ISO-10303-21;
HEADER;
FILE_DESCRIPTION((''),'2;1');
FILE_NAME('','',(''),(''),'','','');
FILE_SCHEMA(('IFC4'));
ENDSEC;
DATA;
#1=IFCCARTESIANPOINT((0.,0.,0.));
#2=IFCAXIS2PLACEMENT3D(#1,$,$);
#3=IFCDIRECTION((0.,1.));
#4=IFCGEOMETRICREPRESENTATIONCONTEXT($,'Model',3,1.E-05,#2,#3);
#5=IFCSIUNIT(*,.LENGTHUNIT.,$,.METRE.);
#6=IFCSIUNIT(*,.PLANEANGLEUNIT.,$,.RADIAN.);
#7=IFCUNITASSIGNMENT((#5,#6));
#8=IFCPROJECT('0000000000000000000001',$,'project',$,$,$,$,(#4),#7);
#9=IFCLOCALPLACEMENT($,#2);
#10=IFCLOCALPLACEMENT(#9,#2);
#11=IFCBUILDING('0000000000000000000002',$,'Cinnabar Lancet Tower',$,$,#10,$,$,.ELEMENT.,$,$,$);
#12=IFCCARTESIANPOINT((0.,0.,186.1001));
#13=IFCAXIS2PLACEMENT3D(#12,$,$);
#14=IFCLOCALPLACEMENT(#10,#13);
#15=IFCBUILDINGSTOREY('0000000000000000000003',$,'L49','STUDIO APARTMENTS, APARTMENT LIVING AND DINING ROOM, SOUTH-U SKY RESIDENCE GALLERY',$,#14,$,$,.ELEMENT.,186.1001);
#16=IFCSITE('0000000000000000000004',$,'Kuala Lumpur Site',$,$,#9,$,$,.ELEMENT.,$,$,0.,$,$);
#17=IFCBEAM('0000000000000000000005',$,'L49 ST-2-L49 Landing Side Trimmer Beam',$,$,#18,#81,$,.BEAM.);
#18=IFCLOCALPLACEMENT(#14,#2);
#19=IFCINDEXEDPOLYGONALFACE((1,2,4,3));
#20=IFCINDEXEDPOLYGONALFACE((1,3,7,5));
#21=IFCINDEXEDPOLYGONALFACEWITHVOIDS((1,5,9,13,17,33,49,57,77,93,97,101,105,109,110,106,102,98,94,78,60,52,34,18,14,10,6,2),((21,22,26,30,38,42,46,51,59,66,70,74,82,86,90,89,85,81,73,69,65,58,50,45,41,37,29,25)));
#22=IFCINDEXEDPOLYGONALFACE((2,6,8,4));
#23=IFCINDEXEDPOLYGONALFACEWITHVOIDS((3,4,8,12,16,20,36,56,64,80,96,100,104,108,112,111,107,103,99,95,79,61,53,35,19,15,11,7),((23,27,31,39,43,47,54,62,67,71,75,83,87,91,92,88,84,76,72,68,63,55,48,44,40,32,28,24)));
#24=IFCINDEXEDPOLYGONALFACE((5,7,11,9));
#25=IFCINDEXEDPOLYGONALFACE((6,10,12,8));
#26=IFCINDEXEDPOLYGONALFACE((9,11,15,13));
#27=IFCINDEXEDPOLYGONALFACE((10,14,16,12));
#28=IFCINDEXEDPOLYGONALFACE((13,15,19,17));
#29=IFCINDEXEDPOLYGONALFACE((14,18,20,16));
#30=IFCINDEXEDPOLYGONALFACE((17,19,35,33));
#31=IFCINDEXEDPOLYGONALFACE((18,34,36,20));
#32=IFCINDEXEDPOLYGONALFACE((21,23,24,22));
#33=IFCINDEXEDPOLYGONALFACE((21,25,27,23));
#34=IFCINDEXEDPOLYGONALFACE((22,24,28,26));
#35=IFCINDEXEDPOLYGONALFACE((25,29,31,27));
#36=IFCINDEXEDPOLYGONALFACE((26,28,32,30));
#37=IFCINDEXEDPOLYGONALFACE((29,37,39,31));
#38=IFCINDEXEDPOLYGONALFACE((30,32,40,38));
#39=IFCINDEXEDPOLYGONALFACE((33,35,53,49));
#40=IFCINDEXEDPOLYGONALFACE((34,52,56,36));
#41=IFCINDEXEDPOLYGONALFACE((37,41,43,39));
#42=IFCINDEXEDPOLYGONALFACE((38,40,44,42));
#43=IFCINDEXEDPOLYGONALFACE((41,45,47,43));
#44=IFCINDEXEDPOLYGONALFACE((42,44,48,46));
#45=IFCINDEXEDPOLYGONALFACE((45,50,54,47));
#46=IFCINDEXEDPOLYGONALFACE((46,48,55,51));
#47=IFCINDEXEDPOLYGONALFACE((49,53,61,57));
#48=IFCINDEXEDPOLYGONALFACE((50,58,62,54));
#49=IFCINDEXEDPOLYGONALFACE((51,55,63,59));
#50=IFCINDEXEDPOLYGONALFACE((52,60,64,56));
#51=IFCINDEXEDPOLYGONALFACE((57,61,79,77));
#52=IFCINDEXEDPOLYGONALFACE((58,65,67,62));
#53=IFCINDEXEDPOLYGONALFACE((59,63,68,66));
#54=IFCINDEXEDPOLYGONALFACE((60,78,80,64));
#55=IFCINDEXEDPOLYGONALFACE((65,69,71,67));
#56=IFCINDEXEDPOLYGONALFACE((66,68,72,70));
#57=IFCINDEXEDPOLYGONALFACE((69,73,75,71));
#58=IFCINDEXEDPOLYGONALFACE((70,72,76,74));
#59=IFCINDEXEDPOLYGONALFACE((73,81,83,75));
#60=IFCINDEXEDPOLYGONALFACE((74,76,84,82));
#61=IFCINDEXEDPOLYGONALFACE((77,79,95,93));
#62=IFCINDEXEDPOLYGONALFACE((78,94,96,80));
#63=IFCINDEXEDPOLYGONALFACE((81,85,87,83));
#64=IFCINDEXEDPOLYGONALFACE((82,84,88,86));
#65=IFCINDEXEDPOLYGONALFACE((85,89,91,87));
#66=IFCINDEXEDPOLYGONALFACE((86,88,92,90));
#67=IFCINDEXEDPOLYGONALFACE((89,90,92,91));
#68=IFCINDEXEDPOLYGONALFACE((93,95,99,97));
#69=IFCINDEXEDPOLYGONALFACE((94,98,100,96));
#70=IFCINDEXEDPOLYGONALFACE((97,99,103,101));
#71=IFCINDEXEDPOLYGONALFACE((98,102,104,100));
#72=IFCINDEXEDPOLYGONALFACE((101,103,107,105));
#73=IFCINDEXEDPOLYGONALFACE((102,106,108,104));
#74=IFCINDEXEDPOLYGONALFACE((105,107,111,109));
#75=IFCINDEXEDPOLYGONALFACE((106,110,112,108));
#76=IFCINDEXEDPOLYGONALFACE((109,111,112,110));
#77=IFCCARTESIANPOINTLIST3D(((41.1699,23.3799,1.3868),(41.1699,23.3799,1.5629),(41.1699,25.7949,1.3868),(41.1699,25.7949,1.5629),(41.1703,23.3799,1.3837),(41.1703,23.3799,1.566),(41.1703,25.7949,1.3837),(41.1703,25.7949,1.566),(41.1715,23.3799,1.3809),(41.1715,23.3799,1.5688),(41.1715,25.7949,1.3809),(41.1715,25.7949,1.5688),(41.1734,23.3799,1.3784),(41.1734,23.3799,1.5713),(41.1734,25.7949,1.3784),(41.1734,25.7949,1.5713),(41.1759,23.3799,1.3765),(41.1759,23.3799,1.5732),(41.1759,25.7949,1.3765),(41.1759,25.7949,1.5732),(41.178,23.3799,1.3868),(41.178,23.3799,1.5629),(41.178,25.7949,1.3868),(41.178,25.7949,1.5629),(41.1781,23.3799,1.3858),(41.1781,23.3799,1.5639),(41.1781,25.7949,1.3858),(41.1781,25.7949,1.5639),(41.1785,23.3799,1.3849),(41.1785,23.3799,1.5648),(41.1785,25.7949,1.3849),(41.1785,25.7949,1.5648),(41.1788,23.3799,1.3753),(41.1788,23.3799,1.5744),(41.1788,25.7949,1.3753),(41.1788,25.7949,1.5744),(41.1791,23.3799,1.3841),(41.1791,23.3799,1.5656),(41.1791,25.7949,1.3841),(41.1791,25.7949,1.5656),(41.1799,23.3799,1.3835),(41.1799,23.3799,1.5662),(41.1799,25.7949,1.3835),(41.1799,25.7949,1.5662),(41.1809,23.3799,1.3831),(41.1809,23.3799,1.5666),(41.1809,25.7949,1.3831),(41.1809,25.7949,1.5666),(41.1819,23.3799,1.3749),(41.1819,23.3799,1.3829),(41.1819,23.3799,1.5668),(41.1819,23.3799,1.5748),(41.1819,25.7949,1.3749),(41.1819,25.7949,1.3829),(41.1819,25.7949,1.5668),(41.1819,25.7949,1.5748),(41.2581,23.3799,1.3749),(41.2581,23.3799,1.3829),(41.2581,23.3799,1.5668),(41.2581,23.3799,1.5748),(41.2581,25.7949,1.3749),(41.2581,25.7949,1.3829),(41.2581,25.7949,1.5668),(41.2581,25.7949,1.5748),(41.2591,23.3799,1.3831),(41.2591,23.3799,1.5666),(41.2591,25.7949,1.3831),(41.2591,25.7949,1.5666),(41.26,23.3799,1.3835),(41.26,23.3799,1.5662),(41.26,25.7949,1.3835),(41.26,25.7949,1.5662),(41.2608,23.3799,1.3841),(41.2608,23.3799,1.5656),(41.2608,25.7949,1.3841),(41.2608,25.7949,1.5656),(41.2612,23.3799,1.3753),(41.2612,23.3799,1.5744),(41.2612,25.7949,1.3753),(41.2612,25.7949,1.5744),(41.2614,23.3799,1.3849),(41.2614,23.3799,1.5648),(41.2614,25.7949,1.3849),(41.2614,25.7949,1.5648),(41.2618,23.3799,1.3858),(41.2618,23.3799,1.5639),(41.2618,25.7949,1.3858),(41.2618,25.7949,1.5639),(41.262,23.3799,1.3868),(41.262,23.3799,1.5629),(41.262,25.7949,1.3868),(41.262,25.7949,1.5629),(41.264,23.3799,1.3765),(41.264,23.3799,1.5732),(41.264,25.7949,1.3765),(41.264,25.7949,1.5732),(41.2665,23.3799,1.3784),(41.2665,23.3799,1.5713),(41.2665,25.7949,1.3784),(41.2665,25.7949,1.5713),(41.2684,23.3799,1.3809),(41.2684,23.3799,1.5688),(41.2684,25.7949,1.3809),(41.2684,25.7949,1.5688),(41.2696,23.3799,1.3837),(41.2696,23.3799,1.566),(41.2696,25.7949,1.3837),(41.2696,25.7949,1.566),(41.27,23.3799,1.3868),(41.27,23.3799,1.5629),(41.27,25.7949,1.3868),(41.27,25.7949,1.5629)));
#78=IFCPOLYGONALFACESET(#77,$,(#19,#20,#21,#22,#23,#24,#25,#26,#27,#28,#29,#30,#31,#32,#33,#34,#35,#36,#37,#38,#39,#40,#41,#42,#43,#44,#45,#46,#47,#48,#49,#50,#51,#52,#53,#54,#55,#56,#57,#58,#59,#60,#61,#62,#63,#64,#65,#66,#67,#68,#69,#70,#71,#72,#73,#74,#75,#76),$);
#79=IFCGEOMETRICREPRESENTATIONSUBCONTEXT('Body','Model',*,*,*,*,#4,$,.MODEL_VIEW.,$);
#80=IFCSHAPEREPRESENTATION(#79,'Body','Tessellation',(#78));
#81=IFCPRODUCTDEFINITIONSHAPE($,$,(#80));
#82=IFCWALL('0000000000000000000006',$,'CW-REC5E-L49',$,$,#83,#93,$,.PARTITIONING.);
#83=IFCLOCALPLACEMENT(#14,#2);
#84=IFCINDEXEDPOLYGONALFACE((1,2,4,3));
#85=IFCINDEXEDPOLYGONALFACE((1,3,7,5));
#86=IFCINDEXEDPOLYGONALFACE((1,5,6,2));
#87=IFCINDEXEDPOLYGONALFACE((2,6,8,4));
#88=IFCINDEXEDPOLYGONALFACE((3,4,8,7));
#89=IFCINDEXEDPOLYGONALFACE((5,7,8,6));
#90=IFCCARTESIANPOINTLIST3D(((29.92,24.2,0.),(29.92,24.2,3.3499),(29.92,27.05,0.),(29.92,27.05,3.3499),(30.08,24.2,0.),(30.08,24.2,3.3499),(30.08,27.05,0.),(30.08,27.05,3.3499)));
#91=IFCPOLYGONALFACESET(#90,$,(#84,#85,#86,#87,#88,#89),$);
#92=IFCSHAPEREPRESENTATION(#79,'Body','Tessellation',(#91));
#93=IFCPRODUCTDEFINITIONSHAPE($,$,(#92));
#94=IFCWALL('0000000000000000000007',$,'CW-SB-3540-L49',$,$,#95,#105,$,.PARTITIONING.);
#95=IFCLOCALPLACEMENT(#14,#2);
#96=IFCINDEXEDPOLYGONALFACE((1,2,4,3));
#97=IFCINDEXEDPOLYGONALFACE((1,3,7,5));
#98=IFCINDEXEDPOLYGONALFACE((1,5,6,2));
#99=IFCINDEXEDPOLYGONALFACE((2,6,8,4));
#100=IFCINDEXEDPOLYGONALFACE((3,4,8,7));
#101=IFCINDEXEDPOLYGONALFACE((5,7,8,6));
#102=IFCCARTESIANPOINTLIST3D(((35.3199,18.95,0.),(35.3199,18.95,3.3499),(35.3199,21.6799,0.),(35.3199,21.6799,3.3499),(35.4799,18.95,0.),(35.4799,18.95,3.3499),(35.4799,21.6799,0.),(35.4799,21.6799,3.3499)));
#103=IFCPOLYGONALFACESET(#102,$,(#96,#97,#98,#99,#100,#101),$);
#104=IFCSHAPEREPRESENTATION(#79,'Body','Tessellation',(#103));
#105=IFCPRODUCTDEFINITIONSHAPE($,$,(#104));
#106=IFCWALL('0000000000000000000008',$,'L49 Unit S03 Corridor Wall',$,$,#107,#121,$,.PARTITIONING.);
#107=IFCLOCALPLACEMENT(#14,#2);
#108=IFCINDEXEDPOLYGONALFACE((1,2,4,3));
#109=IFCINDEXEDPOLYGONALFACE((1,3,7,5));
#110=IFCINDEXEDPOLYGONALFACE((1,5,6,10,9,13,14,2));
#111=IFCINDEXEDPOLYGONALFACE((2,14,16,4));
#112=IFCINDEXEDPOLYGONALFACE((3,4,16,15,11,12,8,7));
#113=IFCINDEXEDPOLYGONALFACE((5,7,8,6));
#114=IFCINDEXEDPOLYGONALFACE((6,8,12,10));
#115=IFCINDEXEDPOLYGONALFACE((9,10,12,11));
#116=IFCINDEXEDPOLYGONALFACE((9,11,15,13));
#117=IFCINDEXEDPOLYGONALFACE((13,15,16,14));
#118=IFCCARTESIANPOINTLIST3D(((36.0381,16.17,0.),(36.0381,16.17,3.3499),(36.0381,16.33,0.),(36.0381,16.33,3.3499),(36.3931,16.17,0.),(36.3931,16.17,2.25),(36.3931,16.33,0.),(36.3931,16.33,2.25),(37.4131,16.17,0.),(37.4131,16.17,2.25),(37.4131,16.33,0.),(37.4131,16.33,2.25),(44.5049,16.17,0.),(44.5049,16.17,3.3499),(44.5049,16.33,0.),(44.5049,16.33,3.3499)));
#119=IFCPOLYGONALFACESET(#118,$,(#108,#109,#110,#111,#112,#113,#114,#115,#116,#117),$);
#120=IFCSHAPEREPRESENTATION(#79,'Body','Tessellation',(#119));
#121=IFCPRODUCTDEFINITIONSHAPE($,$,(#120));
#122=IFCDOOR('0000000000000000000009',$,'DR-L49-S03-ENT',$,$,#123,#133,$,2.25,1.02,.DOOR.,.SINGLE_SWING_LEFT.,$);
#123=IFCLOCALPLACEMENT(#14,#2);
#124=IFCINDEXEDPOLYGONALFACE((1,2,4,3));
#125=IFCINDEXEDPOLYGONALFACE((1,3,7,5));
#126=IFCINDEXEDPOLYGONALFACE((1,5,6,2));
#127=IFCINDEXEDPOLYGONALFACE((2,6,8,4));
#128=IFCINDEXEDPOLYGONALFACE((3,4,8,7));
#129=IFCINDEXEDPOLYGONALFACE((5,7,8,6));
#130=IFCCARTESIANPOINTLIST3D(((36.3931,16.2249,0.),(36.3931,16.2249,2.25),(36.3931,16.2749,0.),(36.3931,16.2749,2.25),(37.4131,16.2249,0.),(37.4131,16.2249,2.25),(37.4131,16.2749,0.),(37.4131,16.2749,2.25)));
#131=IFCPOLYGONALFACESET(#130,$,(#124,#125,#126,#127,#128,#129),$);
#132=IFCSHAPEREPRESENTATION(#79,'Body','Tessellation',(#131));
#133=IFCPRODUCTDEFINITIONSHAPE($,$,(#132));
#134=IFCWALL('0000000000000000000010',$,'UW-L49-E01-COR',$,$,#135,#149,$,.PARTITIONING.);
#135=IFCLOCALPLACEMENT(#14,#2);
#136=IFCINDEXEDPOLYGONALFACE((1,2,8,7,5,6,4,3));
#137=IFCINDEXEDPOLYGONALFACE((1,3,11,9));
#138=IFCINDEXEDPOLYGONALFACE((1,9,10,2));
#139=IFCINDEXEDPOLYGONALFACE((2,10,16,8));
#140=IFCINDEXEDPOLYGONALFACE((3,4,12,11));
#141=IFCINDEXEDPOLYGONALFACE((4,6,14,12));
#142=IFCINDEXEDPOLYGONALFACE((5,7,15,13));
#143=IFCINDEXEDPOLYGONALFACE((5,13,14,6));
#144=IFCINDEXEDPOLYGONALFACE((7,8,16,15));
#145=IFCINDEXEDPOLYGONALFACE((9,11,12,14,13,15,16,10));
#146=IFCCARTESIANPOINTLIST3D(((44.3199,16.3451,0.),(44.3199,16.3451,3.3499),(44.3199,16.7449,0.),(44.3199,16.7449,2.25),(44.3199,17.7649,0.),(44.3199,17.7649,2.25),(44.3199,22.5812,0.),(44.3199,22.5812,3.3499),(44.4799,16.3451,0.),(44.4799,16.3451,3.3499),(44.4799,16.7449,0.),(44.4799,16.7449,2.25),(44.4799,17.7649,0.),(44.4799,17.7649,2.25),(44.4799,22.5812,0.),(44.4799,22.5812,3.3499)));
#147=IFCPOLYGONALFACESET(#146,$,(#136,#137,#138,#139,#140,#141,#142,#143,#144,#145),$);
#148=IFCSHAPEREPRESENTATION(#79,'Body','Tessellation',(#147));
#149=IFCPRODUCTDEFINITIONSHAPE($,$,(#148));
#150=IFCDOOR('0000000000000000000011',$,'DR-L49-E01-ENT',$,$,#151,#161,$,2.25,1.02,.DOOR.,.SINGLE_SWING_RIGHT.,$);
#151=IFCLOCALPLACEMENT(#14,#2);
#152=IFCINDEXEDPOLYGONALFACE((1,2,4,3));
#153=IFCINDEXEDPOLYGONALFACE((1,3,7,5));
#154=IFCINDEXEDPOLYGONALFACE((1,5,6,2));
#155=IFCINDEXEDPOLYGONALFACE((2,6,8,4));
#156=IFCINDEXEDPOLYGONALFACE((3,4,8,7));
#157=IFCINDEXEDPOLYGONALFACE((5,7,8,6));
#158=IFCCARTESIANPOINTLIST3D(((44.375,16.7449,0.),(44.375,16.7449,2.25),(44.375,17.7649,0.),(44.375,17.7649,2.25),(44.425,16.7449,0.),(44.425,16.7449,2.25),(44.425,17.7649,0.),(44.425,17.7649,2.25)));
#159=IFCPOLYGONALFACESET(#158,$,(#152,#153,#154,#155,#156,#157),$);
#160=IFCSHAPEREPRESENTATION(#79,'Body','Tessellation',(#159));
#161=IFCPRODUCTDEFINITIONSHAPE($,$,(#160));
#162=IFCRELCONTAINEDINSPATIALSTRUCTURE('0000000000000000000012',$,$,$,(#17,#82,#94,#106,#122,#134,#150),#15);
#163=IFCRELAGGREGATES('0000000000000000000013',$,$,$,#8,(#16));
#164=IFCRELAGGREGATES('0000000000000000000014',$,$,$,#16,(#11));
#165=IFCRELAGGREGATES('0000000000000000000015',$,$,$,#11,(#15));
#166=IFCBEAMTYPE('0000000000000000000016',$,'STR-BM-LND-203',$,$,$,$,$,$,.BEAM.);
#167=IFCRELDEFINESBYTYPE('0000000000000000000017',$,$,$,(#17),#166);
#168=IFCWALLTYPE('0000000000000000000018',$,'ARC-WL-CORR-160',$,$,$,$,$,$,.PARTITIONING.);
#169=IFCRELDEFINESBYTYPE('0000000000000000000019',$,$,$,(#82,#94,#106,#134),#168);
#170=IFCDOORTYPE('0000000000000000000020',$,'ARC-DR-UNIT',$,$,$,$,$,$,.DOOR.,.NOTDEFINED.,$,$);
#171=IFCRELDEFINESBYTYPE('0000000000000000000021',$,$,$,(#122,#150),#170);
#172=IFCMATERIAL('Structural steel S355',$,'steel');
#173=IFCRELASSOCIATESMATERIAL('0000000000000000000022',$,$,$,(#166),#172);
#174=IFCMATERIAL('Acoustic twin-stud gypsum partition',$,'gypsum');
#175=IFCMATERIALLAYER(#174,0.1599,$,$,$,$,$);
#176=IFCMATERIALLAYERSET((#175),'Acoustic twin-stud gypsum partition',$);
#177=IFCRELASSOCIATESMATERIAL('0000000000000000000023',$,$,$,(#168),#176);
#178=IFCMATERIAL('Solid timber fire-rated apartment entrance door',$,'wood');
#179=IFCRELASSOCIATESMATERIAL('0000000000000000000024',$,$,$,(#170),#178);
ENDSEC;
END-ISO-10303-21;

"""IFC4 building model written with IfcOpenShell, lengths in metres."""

from ifc_helpers import new_model, si_unit, direction, frame, frame_2d, origin, origin_2d, place, context, subcontext, project, spatial, rectangle, hollow_rectangle, extrude, material, layer, layer_set, material_profile, profile_set, type_object, element, fill, save


model = new_model("IFC4")

# Units and contexts
model_context = context("Model", 3, precision=1e-05, world=origin(), true_north=direction((0.0, 1.0)))
body_context = subcontext(model_context, "Body", "Model", "MODEL_VIEW")
ifc_project = project(units=[si_unit("LENGTHUNIT", "METRE"), si_unit("PLANEANGLEUNIT", "RADIAN")], contexts=[model_context])

# Site, building, storey
site_placement = place(None, origin())
site = spatial("IfcSite", under=ifc_project, at=site_placement, Name="Kuala Lumpur Site", CompositionType="ELEMENT", RefElevation=0.0)
building_placement = place(site_placement, origin())
building = spatial("IfcBuilding", under=site, at=building_placement, Name="Cinnabar Lancet Tower", CompositionType="ELEMENT")
storey_placement = place(building_placement, frame((0.0, 0.0, 186.1001)))
storey = spatial("IfcBuildingStorey", under=building, at=storey_placement, Name="L49", Description="STUDIO APARTMENTS, APARTMENT LIVING AND DINING ROOM, SOUTH-U SKY RESIDENCE GALLERY", CompositionType="ELEMENT", Elevation=186.1001)

# Beam
ifc_material_1 = material(Name="Structural steel S355", Category="steel")
ifc_material_profile_1 = material_profile(ifc_material_1, hollow_rectangle(XDim=0.1001, YDim=0.2, WallThickness=0.0081, InnerFilletRadius=0.0039, OuterFilletRadius=0.012, at=origin_2d()), Name="RHS 200x100x8")
ifc_profile_set_1 = profile_set([ifc_material_profile_1], Name="Structural steel S355")
beam_type_1 = type_object("IfcBeamType", Name="STR-BM-LND-203", PredefinedType="BEAM", material=ifc_profile_set_1)
beam_1_placement = place(storey_placement, frame((41.22, 23.3799, 1.4749), z_axis=(0.0, 1.0, 0.0), x_axis=(-1.0, 0.0, 0.0)))
element("IfcBeam", 1, at=beam_1_placement, inside=storey, type_object=beam_type_1, Name="L49 ST-2-L49 Landing Side Trimmer Beam", PredefinedType="BEAM", context=body_context, shape_type="SweptSolid", body=[
    extrude(hollow_rectangle(XDim=0.1001, YDim=0.2, WallThickness=0.0081, InnerFilletRadius=0.0039, OuterFilletRadius=0.012, at=origin_2d()), origin(), (0.0, 0.0, 1.0), 2.415),
])

# Walls
ifc_material_2 = material(Name="Acoustic twin-stud gypsum partition", Category="gypsum")
ifc_layer_1 = layer(ifc_material_2, 0.1599)
ifc_layer_set_1 = layer_set([ifc_layer_1], Name="Acoustic twin-stud gypsum partition")
wall_type_1 = type_object("IfcWallType", Name="ARC-WL-CORR-160", PredefinedType="PARTITIONING", material=ifc_layer_set_1)
wall_1_placement = place(storey_placement, frame((30.0, 24.2, 0.0), z_axis=(0.0, 0.0, 1.0), x_axis=(0.0, 1.0, 0.0)))
element("IfcWall", 2, at=wall_1_placement, inside=storey, type_object=wall_type_1, Name="CW-REC5E-L49", PredefinedType="PARTITIONING", context=body_context, shape_type="SweptSolid", body=[
    extrude(rectangle(XDim=2.8501, YDim=0.1599, at=frame_2d((1.425, 0.0))), origin(), (0.0, 0.0, 1.0), 3.3499),
])
wall_2_placement = place(storey_placement, frame((35.3999, 18.95, 0.0), z_axis=(0.0, 0.0, 1.0), x_axis=(0.0, 1.0, 0.0)))
element("IfcWall", 3, at=wall_2_placement, inside=storey, type_object=wall_type_1, Name="CW-SB-3540-L49", PredefinedType="PARTITIONING", context=body_context, shape_type="SweptSolid", body=[
    extrude(rectangle(XDim=2.73, YDim=0.1599, at=frame_2d((1.365, 0.0))), origin(), (0.0, 0.0, 1.0), 3.3499),
])

# Walls, openings, doors
wall_3_placement = place(storey_placement, frame((36.0381, 16.25, 0.0), z_axis=(0.0, 0.0, 1.0), x_axis=(1.0, 0.0, 0.0)))
wall_3 = element("IfcWall", 4, at=wall_3_placement, inside=storey, type_object=wall_type_1, Name="L49 Unit S03 Corridor Wall", PredefinedType="PARTITIONING", context=body_context, shape_type="SweptSolid", body=[
    extrude(rectangle(XDim=8.4668, YDim=0.1599, at=frame_2d((4.2334, 0.0))), origin(), (0.0, 0.0, 1.0), 3.3499),
])
opening_1_placement = place(wall_3_placement, frame((0.355, 0.0, 0.0)))
opening_1 = element("IfcOpeningElement", 5, at=opening_1_placement, cuts=wall_3, PredefinedType="OPENING", context=body_context, shape_type="SweptSolid", body=[
    extrude(rectangle(XDim=1.02, YDim=2.25, at=frame_2d((0.51, 1.125))), frame((0.0, 0.0898, 0.0), z_axis=(0.0, -1.0, 0.0), x_axis=(1.0, 0.0, 0.0)), (0.0, 0.0, 1.0), 0.1799),
])
ifc_material_3 = material(Name="Solid timber fire-rated apartment entrance door", Category="wood")
door_type_1 = type_object("IfcDoorType", Name="ARC-DR-UNIT", OperationType="NOTDEFINED", PredefinedType="DOOR", material=ifc_material_3)
door_1_placement = place(opening_1_placement, origin())
door_1 = element("IfcDoor", 6, at=door_1_placement, inside=storey, type_object=door_type_1, Name="DR-L49-S03-ENT", OperationType="SINGLE_SWING_LEFT", OverallHeight=2.25, OverallWidth=1.02, PredefinedType="DOOR", context=body_context, shape_type="SweptSolid", body=[
    extrude(rectangle(XDim=1.02, YDim=2.25, at=frame_2d((0.51, 1.125))), frame((0.0, 0.0249, 0.0), z_axis=(0.0, -1.0, 0.0), x_axis=(1.0, 0.0, 0.0)), (0.0, 0.0, 1.0), 0.05),
])
fill(opening_1, door_1)
wall_4_placement = place(storey_placement, frame((44.3999, 16.345, 0.0), z_axis=(0.0, 0.0, 1.0), x_axis=(0.0, 1.0, 0.0)))
wall_4 = element("IfcWall", 7, at=wall_4_placement, inside=storey, type_object=wall_type_1, Name="UW-L49-E01-COR", PredefinedType="PARTITIONING", context=body_context, shape_type="SweptSolid", body=[
    extrude(rectangle(XDim=6.2361, YDim=0.1599, at=frame_2d((3.1182, 0.0))), origin(), (0.0, 0.0, 1.0), 3.3499),
])
opening_2_placement = place(wall_4_placement, frame((0.3999, 0.0, 0.0)))
opening_2 = element("IfcOpeningElement", 8, at=opening_2_placement, cuts=wall_4, PredefinedType="OPENING", context=body_context, shape_type="SweptSolid", body=[
    extrude(rectangle(XDim=1.02, YDim=2.25, at=frame_2d((0.51, 1.125))), frame((0.0, 0.0898, 0.0), z_axis=(0.0, -1.0, 0.0), x_axis=(1.0, 0.0, 0.0)), (0.0, 0.0, 1.0), 0.1799),
])
door_2_placement = place(opening_2_placement, origin())
door_2 = element("IfcDoor", 9, at=door_2_placement, inside=storey, type_object=door_type_1, Name="DR-L49-E01-ENT", OperationType="SINGLE_SWING_RIGHT", OverallHeight=2.25, OverallWidth=1.02, PredefinedType="DOOR", context=body_context, shape_type="SweptSolid", body=[
    extrude(rectangle(XDim=1.02, YDim=2.25, at=frame_2d((0.51, 1.125))), frame((0.0, 0.0249, 0.0), z_axis=(0.0, -1.0, 0.0), x_axis=(1.0, 0.0, 0.0)), (0.0, 0.0, 1.0), 0.05),
])
fill(opening_2, door_2)

save(model, "model.ifc")
